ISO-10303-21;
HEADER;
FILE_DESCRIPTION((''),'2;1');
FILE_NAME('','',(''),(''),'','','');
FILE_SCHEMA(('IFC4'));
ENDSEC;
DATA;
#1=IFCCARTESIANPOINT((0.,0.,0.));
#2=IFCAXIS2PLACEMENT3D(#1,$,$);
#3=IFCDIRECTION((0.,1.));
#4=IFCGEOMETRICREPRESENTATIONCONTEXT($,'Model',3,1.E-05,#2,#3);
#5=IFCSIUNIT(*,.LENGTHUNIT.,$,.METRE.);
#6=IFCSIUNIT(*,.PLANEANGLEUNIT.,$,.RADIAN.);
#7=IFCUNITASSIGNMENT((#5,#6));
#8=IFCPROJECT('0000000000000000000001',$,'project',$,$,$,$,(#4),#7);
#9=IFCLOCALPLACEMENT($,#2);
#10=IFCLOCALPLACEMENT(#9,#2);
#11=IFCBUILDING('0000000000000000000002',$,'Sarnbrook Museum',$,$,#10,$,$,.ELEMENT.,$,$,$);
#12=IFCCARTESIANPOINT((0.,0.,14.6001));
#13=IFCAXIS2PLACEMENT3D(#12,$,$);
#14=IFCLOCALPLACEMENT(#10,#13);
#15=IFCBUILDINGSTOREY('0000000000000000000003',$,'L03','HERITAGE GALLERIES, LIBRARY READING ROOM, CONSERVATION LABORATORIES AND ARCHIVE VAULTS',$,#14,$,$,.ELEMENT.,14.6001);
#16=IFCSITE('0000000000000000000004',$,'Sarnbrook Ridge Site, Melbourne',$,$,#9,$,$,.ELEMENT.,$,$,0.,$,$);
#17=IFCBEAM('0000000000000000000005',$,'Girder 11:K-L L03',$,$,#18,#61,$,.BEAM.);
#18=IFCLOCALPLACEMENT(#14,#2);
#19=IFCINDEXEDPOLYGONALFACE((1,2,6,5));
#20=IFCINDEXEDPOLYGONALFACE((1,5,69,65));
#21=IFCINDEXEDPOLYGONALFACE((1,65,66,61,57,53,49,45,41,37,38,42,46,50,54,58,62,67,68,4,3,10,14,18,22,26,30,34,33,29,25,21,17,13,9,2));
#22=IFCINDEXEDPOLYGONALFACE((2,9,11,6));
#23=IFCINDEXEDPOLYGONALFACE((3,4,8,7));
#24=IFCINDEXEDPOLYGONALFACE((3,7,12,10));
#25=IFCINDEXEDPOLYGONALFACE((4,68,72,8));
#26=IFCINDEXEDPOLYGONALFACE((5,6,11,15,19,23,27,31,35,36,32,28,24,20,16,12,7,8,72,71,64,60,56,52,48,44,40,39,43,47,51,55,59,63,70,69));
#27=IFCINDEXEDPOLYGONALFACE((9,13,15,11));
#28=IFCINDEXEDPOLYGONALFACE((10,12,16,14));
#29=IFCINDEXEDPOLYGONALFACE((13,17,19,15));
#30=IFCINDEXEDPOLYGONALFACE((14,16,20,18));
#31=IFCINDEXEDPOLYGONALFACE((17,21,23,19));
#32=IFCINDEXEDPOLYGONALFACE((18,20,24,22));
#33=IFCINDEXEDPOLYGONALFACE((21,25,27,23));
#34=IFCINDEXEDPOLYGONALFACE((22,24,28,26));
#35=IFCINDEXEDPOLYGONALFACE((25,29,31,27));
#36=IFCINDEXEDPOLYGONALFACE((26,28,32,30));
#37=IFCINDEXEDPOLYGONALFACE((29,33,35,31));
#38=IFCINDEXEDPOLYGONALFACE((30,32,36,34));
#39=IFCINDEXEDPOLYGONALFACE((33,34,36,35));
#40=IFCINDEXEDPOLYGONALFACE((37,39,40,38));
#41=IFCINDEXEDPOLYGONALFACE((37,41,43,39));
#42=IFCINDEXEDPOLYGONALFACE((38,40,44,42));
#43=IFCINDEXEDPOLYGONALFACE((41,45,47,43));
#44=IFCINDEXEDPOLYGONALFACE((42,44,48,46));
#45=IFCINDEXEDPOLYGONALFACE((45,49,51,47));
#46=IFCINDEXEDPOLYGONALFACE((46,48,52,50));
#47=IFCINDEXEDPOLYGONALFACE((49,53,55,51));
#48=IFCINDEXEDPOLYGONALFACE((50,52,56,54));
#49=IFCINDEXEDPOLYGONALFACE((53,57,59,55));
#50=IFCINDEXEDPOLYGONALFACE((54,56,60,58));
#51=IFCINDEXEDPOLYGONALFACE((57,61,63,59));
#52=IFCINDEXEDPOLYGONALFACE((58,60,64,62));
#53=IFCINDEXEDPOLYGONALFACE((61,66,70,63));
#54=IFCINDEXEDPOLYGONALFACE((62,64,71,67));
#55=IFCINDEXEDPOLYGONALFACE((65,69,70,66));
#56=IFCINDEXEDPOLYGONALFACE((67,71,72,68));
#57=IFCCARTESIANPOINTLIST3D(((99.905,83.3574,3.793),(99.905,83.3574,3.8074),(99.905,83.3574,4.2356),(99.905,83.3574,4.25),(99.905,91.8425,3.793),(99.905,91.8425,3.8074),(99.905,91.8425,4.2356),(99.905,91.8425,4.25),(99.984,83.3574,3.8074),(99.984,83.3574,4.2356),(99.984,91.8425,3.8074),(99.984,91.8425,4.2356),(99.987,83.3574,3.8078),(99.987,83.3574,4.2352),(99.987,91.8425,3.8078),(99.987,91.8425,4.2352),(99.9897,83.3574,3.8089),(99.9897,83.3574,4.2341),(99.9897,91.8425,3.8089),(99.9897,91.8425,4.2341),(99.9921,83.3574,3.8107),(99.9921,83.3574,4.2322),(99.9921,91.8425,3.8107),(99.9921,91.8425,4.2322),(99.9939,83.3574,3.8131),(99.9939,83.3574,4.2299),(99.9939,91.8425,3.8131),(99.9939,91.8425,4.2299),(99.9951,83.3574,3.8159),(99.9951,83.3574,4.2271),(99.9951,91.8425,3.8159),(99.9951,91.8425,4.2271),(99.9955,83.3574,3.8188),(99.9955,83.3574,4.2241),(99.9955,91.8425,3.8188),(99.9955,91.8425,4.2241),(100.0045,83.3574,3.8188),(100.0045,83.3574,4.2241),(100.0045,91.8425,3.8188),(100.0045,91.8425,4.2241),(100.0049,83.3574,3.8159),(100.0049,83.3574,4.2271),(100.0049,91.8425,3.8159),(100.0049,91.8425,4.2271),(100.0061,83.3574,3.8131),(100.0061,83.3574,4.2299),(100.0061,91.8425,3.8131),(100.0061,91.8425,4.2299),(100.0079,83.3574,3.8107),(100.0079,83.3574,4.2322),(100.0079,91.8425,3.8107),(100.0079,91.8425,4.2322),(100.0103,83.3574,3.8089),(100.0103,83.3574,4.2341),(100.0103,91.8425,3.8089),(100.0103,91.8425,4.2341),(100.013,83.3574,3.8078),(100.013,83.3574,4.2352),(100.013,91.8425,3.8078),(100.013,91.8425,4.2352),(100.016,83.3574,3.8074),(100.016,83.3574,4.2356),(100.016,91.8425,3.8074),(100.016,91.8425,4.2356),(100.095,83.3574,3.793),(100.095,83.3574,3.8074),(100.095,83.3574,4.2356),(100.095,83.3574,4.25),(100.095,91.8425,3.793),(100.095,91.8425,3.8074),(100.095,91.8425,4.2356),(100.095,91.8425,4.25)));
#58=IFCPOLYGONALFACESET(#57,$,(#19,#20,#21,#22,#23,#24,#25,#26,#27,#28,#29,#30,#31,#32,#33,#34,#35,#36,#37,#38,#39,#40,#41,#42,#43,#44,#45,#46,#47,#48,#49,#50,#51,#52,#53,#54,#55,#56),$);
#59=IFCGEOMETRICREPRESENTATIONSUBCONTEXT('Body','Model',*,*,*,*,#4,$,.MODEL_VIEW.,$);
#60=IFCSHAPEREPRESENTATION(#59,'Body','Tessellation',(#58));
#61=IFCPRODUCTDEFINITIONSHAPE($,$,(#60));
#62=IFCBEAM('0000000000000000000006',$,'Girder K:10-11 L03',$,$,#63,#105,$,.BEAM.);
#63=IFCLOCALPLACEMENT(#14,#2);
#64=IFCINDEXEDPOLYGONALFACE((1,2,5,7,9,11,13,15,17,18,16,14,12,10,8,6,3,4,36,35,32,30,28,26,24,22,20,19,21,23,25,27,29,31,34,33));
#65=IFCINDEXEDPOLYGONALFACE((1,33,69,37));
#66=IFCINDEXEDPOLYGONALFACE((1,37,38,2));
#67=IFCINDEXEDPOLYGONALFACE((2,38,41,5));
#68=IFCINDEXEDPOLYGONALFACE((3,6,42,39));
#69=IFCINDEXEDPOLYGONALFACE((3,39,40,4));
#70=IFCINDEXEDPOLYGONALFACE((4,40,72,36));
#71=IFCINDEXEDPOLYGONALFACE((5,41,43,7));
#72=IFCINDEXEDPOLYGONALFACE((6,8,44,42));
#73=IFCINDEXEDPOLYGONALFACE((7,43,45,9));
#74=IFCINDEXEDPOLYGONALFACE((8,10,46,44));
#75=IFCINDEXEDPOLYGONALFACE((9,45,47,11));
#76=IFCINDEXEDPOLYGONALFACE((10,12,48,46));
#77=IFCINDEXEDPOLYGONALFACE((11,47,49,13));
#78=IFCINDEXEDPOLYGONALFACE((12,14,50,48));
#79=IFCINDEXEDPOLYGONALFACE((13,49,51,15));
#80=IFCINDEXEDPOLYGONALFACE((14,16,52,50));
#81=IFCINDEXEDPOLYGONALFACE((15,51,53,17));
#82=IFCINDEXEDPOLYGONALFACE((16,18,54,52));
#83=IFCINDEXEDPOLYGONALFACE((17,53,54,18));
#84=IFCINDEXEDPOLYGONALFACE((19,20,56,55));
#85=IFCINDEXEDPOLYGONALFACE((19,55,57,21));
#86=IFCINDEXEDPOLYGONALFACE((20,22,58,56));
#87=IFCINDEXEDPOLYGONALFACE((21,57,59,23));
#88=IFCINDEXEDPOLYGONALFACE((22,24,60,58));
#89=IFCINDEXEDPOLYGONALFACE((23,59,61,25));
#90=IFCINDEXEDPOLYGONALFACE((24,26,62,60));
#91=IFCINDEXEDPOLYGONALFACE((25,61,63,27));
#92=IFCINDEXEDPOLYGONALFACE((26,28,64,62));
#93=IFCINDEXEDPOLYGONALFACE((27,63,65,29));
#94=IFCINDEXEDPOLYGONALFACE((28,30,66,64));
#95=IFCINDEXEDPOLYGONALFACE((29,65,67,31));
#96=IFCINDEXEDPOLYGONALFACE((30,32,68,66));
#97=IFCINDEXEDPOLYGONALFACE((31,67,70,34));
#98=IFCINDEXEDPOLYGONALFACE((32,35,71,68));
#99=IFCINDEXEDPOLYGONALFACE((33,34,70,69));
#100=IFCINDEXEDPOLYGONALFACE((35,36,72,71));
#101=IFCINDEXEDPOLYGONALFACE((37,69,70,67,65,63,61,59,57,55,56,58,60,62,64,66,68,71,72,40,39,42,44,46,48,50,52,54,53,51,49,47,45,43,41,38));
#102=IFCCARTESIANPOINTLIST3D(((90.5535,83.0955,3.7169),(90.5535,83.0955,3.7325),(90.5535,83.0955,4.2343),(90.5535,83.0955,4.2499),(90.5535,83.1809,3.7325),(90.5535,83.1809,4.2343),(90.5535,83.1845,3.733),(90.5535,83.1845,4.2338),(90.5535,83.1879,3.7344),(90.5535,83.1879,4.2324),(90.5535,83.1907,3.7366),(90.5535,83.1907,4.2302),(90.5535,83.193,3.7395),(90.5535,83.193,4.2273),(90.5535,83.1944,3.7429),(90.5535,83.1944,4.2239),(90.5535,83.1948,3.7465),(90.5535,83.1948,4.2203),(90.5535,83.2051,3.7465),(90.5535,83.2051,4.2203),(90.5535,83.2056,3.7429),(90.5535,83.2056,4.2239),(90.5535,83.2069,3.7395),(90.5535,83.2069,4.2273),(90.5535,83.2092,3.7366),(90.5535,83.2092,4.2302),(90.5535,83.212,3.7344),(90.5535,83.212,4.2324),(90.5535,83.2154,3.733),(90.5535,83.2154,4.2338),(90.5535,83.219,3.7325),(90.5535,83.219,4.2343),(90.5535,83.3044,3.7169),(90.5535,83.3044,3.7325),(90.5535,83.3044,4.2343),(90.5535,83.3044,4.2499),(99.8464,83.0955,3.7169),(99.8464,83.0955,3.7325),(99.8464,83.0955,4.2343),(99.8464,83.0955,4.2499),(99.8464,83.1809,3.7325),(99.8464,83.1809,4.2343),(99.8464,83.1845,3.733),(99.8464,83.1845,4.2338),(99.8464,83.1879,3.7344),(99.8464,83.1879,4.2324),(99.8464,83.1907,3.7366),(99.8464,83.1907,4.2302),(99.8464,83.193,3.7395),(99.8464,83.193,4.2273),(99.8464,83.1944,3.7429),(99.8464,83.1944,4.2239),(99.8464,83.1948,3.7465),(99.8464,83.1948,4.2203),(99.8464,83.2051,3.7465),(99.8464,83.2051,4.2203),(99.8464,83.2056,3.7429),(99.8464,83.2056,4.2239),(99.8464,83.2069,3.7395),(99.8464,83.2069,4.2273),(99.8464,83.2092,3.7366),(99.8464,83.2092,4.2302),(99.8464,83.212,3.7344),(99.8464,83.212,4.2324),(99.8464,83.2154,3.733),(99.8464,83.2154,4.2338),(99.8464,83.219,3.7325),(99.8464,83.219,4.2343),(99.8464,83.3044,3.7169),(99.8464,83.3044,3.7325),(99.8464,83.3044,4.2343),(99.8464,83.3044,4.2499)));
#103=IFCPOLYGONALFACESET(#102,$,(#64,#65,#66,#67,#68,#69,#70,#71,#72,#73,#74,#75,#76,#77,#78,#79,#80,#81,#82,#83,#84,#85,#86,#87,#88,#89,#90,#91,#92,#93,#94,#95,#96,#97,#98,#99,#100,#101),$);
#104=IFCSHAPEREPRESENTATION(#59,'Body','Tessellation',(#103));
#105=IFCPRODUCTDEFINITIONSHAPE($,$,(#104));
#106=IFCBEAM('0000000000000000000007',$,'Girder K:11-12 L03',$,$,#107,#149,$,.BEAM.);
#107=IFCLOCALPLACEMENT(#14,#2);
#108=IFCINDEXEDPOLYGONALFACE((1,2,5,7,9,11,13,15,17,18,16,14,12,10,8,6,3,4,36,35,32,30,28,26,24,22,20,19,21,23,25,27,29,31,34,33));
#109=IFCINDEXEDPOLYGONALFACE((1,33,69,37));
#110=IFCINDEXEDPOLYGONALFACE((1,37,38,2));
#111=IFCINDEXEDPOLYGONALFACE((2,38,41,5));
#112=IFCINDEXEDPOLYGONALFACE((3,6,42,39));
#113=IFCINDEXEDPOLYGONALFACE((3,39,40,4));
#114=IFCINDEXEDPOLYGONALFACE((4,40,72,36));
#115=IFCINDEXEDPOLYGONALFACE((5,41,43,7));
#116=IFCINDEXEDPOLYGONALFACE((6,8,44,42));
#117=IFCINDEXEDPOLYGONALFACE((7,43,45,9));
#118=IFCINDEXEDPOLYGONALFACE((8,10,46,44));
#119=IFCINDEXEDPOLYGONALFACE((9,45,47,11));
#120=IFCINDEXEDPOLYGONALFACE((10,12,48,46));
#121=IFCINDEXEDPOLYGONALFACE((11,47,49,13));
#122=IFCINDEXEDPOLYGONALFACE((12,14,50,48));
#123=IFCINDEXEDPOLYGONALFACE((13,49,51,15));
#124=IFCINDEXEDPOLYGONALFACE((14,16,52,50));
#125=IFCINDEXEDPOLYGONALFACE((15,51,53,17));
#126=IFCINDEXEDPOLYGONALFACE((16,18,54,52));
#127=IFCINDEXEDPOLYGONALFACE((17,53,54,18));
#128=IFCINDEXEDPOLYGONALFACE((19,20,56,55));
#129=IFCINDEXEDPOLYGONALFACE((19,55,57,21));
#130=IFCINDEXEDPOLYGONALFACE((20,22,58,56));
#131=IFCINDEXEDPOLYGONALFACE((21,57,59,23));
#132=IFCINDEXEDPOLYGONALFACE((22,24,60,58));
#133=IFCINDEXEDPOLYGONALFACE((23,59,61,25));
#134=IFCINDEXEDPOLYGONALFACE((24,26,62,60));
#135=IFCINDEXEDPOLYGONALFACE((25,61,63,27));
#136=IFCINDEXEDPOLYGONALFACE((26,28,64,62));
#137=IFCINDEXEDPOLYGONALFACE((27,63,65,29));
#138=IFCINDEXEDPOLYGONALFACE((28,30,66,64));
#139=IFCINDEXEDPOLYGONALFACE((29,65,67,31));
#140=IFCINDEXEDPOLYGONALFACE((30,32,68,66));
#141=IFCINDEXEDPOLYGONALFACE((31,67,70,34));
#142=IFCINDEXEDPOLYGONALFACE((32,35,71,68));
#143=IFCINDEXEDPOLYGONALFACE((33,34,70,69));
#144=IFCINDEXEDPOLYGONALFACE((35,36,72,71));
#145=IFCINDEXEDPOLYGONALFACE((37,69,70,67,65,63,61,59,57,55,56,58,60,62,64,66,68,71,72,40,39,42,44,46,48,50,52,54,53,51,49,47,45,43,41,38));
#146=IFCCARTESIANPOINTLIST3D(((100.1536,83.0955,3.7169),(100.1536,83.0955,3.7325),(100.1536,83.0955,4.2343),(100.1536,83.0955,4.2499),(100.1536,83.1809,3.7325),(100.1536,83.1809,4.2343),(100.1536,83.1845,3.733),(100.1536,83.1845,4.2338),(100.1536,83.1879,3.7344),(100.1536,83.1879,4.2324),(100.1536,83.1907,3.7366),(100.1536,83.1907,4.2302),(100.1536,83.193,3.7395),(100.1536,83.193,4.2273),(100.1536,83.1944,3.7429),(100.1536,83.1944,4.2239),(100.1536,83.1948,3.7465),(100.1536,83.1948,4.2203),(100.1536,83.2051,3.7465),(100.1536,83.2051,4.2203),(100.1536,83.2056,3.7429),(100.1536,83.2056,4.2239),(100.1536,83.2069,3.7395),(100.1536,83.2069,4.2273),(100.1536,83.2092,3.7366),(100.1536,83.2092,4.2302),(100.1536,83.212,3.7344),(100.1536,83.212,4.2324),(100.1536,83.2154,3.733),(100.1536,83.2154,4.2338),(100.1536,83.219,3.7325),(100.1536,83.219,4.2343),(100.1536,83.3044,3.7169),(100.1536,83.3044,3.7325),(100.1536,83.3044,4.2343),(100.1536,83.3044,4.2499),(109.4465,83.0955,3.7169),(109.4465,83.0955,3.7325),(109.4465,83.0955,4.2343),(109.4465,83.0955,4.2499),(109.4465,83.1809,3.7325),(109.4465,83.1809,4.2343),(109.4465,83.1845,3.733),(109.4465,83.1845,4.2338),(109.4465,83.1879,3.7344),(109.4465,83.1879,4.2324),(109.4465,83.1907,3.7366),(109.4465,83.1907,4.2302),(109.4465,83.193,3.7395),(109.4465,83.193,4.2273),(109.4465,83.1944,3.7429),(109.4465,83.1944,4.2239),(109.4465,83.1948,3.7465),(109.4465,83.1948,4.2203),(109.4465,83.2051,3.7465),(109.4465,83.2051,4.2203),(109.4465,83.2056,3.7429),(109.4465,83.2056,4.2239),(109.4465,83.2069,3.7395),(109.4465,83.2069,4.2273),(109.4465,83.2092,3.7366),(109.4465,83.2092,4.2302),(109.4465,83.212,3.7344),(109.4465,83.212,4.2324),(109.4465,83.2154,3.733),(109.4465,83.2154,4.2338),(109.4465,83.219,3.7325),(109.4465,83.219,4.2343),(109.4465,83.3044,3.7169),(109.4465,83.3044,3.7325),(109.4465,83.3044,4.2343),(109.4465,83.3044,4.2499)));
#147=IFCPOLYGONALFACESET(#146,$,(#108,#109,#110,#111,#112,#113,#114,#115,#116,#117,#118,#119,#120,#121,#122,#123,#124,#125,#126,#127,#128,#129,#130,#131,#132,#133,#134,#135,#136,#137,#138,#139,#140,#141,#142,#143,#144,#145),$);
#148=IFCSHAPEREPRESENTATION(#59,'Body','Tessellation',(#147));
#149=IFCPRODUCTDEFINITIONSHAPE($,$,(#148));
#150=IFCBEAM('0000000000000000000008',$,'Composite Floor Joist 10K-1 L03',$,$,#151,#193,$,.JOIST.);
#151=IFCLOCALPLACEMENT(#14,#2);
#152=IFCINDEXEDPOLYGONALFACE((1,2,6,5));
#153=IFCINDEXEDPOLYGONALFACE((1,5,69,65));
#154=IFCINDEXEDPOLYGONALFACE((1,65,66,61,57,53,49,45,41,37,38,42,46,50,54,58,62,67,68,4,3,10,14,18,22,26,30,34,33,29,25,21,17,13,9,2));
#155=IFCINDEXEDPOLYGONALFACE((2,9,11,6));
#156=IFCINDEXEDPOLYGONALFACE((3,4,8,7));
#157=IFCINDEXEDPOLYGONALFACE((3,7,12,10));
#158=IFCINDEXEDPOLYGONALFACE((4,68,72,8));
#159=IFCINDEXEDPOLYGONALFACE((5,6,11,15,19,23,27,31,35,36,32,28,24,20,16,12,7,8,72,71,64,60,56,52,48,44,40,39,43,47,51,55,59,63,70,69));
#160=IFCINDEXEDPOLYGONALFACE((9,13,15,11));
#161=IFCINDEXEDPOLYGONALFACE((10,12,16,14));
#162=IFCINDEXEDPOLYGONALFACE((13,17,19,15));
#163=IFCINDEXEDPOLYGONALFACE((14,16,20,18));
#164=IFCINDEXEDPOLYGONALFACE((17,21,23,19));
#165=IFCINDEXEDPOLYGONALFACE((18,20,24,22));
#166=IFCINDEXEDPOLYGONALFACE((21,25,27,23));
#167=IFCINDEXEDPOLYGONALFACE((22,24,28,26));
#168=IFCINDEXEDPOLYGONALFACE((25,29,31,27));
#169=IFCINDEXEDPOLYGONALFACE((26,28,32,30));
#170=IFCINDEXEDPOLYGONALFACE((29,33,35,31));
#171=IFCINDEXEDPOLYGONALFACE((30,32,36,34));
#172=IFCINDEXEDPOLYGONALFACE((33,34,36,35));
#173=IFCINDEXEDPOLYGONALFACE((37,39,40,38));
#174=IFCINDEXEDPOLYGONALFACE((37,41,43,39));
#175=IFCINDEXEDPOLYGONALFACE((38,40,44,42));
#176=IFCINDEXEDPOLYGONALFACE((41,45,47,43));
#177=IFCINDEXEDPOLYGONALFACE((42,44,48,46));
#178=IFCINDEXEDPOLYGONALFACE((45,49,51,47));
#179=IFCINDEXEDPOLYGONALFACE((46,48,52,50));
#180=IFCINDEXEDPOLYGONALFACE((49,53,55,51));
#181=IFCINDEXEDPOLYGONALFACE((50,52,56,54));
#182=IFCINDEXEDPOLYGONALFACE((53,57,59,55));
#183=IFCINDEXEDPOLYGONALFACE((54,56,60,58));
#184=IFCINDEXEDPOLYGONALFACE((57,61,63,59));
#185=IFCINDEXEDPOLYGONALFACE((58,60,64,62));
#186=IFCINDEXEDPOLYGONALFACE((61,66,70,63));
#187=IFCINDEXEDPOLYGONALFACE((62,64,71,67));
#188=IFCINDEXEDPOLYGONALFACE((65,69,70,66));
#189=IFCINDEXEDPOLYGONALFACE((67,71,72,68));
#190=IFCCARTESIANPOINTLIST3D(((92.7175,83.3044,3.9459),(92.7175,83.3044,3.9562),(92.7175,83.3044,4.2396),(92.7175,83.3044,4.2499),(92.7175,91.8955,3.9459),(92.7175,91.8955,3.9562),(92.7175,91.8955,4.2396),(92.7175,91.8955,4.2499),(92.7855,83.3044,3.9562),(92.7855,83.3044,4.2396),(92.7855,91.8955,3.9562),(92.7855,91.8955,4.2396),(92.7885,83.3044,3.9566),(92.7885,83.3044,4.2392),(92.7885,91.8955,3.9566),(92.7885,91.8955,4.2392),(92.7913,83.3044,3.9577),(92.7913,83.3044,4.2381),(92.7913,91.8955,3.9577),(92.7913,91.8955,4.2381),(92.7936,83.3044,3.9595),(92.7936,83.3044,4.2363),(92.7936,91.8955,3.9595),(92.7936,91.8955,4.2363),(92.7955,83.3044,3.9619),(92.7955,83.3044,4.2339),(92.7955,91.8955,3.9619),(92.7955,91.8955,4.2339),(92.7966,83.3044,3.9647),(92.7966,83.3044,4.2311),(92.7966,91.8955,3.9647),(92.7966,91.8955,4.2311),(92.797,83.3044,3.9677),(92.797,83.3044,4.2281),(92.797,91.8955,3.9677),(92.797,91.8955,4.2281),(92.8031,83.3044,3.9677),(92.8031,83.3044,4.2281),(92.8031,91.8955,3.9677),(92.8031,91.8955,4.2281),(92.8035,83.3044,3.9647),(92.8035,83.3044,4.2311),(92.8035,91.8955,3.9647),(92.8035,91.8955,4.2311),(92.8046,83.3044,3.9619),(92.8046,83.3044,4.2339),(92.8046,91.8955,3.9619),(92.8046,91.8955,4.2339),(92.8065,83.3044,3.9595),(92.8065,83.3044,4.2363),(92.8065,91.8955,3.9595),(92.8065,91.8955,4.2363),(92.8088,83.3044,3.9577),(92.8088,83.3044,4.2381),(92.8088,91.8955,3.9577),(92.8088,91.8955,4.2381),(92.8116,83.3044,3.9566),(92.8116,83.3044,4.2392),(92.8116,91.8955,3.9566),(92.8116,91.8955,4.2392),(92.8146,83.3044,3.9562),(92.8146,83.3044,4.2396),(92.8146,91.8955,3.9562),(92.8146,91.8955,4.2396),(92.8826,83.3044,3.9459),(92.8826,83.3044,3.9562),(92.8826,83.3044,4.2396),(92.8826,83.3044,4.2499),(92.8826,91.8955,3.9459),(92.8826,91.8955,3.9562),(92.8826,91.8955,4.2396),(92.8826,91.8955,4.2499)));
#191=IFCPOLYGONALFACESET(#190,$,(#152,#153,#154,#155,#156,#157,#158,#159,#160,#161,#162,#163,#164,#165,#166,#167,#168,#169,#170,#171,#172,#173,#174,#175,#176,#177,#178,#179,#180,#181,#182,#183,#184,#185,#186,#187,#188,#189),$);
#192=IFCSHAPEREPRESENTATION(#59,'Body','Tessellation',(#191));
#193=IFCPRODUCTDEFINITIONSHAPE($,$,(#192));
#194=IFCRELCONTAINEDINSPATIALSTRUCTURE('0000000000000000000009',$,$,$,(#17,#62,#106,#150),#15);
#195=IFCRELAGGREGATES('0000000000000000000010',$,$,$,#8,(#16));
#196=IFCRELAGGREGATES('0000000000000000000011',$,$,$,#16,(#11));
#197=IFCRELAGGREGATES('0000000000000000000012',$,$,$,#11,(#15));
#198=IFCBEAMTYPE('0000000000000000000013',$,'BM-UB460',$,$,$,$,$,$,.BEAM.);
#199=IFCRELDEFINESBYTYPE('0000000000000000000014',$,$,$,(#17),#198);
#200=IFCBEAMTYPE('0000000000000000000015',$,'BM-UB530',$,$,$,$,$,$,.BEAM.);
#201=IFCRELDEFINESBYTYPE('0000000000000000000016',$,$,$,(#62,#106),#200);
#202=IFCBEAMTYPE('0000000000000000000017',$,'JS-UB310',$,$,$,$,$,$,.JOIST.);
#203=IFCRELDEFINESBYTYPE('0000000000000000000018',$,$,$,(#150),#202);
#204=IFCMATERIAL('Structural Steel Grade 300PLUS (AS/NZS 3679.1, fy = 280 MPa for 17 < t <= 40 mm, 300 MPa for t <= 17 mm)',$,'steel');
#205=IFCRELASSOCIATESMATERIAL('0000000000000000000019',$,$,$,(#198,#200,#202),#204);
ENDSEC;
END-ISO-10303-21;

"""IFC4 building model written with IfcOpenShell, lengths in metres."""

from ifc_helpers import new_model, si_unit, direction, frame, origin, origin_2d, place, context, subcontext, project, spatial, i_section, extrude, material, material_profile, profile_set, type_object, element, save


model = new_model("IFC4")

# Units and contexts
model_context = context("Model", 3, precision=1e-05, world=origin(), true_north=direction((0.0, 1.0)))
body_context = subcontext(model_context, "Body", "Model", "MODEL_VIEW")
ifc_project = project(units=[si_unit("LENGTHUNIT", "METRE"), si_unit("PLANEANGLEUNIT", "RADIAN")], contexts=[model_context])

# Site, building, storey
site_placement = place(None, origin())
site = spatial("IfcSite", under=ifc_project, at=site_placement, Name="Sarnbrook Ridge Site, Melbourne", CompositionType="ELEMENT", RefElevation=0.0)
building_placement = place(site_placement, origin())
building = spatial("IfcBuilding", under=site, at=building_placement, Name="Sarnbrook Museum", CompositionType="ELEMENT")
storey_placement = place(building_placement, frame((0.0, 0.0, 14.6001)))
storey = spatial("IfcBuildingStorey", under=building, at=storey_placement, Name="L03", Description="HERITAGE GALLERIES, LIBRARY READING ROOM, CONSERVATION LABORATORIES AND ARCHIVE VAULTS", CompositionType="ELEMENT", Elevation=14.6001)

# Shared definitions
ifc_material_1 = material(Name="Structural Steel Grade 300PLUS (AS/NZS 3679.1, fy = 280 MPa for 17 < t <= 40 mm, 300 MPa for t <= 17 mm)", Category="steel")

# Beams
ifc_material_profile_1 = material_profile(ifc_material_1, i_section(OverallWidth=0.1899, OverallDepth=0.457, WebThickness=0.009, FlangeThickness=0.0144, FilletRadius=0.0115, at=origin_2d()), Name="460UB74.6")
ifc_profile_set_1 = profile_set([ifc_material_profile_1], Name="Structural Steel Grade 300PLUS (AS/NZS 3679.1, fy = 280 MPa for 17 < t <= 40 mm, 300 MPa for t <= 17 mm)")
beam_type_1 = type_object("IfcBeamType", Name="BM-UB460", PredefinedType="BEAM", material=ifc_profile_set_1)
for number, where, z_axis, x_axis, name in (
    (1, (100.0, 83.3574, 4.0215), (0.0, 1.0, 0.0), (-1.0, 0.0, 0.0), "Girder 11:K-L L03"),
):
    element("IfcBeam", number, at=place(storey_placement, frame(where, z_axis=z_axis, x_axis=x_axis)), inside=storey, type_object=beam_type_1, Name=name, PredefinedType="BEAM", context=body_context, shape_type="SweptSolid", body=[
        extrude(i_section(OverallWidth=0.1899, OverallDepth=0.457, WebThickness=0.009, FlangeThickness=0.0144, FilletRadius=0.0115, at=origin_2d()), origin(), (0.0, 0.0, 1.0), 8.4851),
    ])
ifc_material_profile_2 = material_profile(ifc_material_1, i_section(OverallWidth=0.209, OverallDepth=0.533, WebThickness=0.0103, FlangeThickness=0.0156, FilletRadius=0.0139, at=origin_2d()), Name="530UB92.4")
ifc_profile_set_2 = profile_set([ifc_material_profile_2], Name="Structural Steel Grade 300PLUS (AS/NZS 3679.1, fy = 280 MPa for 17 < t <= 40 mm, 300 MPa for t <= 17 mm)")
beam_type_2 = type_object("IfcBeamType", Name="BM-UB530", PredefinedType="BEAM", material=ifc_profile_set_2)
for number, where, z_axis, x_axis, name in (
    (2, (90.5535, 83.2, 3.9834), (1.0, 0.0, 0.0), (0.0, 1.0, 0.0), "Girder K:10-11 L03"),
    (3, (100.1536, 83.2, 3.9834), (1.0, 0.0, 0.0), (0.0, 1.0, 0.0), "Girder K:11-12 L03"),
):
    element("IfcBeam", number, at=place(storey_placement, frame(where, z_axis=z_axis, x_axis=x_axis)), inside=storey, type_object=beam_type_2, Name=name, PredefinedType="BEAM", context=body_context, shape_type="SweptSolid", body=[
        extrude(i_section(OverallWidth=0.209, OverallDepth=0.533, WebThickness=0.0103, FlangeThickness=0.0156, FilletRadius=0.0139, at=origin_2d()), origin(), (0.0, 0.0, 1.0), 9.293),
    ])
ifc_material_profile_3 = material_profile(ifc_material_1, i_section(OverallWidth=0.165, OverallDepth=0.304, WebThickness=0.0061, FlangeThickness=0.0103, FilletRadius=0.0115, at=origin_2d()), Name="310UB40.4")
ifc_profile_set_3 = profile_set([ifc_material_profile_3], Name="Structural Steel Grade 300PLUS (AS/NZS 3679.1, fy = 280 MPa for 17 < t <= 40 mm, 300 MPa for t <= 17 mm)")
beam_type_3 = type_object("IfcBeamType", Name="JS-UB310", PredefinedType="JOIST", material=ifc_profile_set_3)
for number, where, z_axis, x_axis, name in (
    (4, (92.8, 83.3044, 4.0979), (0.0, 1.0, 0.0), (-1.0, 0.0, 0.0), "Composite Floor Joist 10K-1 L03"),
):
    element("IfcBeam", number, at=place(storey_placement, frame(where, z_axis=z_axis, x_axis=x_axis)), inside=storey, type_object=beam_type_3, Name=name, PredefinedType="JOIST", context=body_context, shape_type="SweptSolid", body=[
        extrude(i_section(OverallWidth=0.165, OverallDepth=0.304, WebThickness=0.0061, FlangeThickness=0.0103, FilletRadius=0.0115, at=origin_2d()), origin(), (0.0, 0.0, 1.0), 8.5911),
    ])

save(model, "model.ifc")
